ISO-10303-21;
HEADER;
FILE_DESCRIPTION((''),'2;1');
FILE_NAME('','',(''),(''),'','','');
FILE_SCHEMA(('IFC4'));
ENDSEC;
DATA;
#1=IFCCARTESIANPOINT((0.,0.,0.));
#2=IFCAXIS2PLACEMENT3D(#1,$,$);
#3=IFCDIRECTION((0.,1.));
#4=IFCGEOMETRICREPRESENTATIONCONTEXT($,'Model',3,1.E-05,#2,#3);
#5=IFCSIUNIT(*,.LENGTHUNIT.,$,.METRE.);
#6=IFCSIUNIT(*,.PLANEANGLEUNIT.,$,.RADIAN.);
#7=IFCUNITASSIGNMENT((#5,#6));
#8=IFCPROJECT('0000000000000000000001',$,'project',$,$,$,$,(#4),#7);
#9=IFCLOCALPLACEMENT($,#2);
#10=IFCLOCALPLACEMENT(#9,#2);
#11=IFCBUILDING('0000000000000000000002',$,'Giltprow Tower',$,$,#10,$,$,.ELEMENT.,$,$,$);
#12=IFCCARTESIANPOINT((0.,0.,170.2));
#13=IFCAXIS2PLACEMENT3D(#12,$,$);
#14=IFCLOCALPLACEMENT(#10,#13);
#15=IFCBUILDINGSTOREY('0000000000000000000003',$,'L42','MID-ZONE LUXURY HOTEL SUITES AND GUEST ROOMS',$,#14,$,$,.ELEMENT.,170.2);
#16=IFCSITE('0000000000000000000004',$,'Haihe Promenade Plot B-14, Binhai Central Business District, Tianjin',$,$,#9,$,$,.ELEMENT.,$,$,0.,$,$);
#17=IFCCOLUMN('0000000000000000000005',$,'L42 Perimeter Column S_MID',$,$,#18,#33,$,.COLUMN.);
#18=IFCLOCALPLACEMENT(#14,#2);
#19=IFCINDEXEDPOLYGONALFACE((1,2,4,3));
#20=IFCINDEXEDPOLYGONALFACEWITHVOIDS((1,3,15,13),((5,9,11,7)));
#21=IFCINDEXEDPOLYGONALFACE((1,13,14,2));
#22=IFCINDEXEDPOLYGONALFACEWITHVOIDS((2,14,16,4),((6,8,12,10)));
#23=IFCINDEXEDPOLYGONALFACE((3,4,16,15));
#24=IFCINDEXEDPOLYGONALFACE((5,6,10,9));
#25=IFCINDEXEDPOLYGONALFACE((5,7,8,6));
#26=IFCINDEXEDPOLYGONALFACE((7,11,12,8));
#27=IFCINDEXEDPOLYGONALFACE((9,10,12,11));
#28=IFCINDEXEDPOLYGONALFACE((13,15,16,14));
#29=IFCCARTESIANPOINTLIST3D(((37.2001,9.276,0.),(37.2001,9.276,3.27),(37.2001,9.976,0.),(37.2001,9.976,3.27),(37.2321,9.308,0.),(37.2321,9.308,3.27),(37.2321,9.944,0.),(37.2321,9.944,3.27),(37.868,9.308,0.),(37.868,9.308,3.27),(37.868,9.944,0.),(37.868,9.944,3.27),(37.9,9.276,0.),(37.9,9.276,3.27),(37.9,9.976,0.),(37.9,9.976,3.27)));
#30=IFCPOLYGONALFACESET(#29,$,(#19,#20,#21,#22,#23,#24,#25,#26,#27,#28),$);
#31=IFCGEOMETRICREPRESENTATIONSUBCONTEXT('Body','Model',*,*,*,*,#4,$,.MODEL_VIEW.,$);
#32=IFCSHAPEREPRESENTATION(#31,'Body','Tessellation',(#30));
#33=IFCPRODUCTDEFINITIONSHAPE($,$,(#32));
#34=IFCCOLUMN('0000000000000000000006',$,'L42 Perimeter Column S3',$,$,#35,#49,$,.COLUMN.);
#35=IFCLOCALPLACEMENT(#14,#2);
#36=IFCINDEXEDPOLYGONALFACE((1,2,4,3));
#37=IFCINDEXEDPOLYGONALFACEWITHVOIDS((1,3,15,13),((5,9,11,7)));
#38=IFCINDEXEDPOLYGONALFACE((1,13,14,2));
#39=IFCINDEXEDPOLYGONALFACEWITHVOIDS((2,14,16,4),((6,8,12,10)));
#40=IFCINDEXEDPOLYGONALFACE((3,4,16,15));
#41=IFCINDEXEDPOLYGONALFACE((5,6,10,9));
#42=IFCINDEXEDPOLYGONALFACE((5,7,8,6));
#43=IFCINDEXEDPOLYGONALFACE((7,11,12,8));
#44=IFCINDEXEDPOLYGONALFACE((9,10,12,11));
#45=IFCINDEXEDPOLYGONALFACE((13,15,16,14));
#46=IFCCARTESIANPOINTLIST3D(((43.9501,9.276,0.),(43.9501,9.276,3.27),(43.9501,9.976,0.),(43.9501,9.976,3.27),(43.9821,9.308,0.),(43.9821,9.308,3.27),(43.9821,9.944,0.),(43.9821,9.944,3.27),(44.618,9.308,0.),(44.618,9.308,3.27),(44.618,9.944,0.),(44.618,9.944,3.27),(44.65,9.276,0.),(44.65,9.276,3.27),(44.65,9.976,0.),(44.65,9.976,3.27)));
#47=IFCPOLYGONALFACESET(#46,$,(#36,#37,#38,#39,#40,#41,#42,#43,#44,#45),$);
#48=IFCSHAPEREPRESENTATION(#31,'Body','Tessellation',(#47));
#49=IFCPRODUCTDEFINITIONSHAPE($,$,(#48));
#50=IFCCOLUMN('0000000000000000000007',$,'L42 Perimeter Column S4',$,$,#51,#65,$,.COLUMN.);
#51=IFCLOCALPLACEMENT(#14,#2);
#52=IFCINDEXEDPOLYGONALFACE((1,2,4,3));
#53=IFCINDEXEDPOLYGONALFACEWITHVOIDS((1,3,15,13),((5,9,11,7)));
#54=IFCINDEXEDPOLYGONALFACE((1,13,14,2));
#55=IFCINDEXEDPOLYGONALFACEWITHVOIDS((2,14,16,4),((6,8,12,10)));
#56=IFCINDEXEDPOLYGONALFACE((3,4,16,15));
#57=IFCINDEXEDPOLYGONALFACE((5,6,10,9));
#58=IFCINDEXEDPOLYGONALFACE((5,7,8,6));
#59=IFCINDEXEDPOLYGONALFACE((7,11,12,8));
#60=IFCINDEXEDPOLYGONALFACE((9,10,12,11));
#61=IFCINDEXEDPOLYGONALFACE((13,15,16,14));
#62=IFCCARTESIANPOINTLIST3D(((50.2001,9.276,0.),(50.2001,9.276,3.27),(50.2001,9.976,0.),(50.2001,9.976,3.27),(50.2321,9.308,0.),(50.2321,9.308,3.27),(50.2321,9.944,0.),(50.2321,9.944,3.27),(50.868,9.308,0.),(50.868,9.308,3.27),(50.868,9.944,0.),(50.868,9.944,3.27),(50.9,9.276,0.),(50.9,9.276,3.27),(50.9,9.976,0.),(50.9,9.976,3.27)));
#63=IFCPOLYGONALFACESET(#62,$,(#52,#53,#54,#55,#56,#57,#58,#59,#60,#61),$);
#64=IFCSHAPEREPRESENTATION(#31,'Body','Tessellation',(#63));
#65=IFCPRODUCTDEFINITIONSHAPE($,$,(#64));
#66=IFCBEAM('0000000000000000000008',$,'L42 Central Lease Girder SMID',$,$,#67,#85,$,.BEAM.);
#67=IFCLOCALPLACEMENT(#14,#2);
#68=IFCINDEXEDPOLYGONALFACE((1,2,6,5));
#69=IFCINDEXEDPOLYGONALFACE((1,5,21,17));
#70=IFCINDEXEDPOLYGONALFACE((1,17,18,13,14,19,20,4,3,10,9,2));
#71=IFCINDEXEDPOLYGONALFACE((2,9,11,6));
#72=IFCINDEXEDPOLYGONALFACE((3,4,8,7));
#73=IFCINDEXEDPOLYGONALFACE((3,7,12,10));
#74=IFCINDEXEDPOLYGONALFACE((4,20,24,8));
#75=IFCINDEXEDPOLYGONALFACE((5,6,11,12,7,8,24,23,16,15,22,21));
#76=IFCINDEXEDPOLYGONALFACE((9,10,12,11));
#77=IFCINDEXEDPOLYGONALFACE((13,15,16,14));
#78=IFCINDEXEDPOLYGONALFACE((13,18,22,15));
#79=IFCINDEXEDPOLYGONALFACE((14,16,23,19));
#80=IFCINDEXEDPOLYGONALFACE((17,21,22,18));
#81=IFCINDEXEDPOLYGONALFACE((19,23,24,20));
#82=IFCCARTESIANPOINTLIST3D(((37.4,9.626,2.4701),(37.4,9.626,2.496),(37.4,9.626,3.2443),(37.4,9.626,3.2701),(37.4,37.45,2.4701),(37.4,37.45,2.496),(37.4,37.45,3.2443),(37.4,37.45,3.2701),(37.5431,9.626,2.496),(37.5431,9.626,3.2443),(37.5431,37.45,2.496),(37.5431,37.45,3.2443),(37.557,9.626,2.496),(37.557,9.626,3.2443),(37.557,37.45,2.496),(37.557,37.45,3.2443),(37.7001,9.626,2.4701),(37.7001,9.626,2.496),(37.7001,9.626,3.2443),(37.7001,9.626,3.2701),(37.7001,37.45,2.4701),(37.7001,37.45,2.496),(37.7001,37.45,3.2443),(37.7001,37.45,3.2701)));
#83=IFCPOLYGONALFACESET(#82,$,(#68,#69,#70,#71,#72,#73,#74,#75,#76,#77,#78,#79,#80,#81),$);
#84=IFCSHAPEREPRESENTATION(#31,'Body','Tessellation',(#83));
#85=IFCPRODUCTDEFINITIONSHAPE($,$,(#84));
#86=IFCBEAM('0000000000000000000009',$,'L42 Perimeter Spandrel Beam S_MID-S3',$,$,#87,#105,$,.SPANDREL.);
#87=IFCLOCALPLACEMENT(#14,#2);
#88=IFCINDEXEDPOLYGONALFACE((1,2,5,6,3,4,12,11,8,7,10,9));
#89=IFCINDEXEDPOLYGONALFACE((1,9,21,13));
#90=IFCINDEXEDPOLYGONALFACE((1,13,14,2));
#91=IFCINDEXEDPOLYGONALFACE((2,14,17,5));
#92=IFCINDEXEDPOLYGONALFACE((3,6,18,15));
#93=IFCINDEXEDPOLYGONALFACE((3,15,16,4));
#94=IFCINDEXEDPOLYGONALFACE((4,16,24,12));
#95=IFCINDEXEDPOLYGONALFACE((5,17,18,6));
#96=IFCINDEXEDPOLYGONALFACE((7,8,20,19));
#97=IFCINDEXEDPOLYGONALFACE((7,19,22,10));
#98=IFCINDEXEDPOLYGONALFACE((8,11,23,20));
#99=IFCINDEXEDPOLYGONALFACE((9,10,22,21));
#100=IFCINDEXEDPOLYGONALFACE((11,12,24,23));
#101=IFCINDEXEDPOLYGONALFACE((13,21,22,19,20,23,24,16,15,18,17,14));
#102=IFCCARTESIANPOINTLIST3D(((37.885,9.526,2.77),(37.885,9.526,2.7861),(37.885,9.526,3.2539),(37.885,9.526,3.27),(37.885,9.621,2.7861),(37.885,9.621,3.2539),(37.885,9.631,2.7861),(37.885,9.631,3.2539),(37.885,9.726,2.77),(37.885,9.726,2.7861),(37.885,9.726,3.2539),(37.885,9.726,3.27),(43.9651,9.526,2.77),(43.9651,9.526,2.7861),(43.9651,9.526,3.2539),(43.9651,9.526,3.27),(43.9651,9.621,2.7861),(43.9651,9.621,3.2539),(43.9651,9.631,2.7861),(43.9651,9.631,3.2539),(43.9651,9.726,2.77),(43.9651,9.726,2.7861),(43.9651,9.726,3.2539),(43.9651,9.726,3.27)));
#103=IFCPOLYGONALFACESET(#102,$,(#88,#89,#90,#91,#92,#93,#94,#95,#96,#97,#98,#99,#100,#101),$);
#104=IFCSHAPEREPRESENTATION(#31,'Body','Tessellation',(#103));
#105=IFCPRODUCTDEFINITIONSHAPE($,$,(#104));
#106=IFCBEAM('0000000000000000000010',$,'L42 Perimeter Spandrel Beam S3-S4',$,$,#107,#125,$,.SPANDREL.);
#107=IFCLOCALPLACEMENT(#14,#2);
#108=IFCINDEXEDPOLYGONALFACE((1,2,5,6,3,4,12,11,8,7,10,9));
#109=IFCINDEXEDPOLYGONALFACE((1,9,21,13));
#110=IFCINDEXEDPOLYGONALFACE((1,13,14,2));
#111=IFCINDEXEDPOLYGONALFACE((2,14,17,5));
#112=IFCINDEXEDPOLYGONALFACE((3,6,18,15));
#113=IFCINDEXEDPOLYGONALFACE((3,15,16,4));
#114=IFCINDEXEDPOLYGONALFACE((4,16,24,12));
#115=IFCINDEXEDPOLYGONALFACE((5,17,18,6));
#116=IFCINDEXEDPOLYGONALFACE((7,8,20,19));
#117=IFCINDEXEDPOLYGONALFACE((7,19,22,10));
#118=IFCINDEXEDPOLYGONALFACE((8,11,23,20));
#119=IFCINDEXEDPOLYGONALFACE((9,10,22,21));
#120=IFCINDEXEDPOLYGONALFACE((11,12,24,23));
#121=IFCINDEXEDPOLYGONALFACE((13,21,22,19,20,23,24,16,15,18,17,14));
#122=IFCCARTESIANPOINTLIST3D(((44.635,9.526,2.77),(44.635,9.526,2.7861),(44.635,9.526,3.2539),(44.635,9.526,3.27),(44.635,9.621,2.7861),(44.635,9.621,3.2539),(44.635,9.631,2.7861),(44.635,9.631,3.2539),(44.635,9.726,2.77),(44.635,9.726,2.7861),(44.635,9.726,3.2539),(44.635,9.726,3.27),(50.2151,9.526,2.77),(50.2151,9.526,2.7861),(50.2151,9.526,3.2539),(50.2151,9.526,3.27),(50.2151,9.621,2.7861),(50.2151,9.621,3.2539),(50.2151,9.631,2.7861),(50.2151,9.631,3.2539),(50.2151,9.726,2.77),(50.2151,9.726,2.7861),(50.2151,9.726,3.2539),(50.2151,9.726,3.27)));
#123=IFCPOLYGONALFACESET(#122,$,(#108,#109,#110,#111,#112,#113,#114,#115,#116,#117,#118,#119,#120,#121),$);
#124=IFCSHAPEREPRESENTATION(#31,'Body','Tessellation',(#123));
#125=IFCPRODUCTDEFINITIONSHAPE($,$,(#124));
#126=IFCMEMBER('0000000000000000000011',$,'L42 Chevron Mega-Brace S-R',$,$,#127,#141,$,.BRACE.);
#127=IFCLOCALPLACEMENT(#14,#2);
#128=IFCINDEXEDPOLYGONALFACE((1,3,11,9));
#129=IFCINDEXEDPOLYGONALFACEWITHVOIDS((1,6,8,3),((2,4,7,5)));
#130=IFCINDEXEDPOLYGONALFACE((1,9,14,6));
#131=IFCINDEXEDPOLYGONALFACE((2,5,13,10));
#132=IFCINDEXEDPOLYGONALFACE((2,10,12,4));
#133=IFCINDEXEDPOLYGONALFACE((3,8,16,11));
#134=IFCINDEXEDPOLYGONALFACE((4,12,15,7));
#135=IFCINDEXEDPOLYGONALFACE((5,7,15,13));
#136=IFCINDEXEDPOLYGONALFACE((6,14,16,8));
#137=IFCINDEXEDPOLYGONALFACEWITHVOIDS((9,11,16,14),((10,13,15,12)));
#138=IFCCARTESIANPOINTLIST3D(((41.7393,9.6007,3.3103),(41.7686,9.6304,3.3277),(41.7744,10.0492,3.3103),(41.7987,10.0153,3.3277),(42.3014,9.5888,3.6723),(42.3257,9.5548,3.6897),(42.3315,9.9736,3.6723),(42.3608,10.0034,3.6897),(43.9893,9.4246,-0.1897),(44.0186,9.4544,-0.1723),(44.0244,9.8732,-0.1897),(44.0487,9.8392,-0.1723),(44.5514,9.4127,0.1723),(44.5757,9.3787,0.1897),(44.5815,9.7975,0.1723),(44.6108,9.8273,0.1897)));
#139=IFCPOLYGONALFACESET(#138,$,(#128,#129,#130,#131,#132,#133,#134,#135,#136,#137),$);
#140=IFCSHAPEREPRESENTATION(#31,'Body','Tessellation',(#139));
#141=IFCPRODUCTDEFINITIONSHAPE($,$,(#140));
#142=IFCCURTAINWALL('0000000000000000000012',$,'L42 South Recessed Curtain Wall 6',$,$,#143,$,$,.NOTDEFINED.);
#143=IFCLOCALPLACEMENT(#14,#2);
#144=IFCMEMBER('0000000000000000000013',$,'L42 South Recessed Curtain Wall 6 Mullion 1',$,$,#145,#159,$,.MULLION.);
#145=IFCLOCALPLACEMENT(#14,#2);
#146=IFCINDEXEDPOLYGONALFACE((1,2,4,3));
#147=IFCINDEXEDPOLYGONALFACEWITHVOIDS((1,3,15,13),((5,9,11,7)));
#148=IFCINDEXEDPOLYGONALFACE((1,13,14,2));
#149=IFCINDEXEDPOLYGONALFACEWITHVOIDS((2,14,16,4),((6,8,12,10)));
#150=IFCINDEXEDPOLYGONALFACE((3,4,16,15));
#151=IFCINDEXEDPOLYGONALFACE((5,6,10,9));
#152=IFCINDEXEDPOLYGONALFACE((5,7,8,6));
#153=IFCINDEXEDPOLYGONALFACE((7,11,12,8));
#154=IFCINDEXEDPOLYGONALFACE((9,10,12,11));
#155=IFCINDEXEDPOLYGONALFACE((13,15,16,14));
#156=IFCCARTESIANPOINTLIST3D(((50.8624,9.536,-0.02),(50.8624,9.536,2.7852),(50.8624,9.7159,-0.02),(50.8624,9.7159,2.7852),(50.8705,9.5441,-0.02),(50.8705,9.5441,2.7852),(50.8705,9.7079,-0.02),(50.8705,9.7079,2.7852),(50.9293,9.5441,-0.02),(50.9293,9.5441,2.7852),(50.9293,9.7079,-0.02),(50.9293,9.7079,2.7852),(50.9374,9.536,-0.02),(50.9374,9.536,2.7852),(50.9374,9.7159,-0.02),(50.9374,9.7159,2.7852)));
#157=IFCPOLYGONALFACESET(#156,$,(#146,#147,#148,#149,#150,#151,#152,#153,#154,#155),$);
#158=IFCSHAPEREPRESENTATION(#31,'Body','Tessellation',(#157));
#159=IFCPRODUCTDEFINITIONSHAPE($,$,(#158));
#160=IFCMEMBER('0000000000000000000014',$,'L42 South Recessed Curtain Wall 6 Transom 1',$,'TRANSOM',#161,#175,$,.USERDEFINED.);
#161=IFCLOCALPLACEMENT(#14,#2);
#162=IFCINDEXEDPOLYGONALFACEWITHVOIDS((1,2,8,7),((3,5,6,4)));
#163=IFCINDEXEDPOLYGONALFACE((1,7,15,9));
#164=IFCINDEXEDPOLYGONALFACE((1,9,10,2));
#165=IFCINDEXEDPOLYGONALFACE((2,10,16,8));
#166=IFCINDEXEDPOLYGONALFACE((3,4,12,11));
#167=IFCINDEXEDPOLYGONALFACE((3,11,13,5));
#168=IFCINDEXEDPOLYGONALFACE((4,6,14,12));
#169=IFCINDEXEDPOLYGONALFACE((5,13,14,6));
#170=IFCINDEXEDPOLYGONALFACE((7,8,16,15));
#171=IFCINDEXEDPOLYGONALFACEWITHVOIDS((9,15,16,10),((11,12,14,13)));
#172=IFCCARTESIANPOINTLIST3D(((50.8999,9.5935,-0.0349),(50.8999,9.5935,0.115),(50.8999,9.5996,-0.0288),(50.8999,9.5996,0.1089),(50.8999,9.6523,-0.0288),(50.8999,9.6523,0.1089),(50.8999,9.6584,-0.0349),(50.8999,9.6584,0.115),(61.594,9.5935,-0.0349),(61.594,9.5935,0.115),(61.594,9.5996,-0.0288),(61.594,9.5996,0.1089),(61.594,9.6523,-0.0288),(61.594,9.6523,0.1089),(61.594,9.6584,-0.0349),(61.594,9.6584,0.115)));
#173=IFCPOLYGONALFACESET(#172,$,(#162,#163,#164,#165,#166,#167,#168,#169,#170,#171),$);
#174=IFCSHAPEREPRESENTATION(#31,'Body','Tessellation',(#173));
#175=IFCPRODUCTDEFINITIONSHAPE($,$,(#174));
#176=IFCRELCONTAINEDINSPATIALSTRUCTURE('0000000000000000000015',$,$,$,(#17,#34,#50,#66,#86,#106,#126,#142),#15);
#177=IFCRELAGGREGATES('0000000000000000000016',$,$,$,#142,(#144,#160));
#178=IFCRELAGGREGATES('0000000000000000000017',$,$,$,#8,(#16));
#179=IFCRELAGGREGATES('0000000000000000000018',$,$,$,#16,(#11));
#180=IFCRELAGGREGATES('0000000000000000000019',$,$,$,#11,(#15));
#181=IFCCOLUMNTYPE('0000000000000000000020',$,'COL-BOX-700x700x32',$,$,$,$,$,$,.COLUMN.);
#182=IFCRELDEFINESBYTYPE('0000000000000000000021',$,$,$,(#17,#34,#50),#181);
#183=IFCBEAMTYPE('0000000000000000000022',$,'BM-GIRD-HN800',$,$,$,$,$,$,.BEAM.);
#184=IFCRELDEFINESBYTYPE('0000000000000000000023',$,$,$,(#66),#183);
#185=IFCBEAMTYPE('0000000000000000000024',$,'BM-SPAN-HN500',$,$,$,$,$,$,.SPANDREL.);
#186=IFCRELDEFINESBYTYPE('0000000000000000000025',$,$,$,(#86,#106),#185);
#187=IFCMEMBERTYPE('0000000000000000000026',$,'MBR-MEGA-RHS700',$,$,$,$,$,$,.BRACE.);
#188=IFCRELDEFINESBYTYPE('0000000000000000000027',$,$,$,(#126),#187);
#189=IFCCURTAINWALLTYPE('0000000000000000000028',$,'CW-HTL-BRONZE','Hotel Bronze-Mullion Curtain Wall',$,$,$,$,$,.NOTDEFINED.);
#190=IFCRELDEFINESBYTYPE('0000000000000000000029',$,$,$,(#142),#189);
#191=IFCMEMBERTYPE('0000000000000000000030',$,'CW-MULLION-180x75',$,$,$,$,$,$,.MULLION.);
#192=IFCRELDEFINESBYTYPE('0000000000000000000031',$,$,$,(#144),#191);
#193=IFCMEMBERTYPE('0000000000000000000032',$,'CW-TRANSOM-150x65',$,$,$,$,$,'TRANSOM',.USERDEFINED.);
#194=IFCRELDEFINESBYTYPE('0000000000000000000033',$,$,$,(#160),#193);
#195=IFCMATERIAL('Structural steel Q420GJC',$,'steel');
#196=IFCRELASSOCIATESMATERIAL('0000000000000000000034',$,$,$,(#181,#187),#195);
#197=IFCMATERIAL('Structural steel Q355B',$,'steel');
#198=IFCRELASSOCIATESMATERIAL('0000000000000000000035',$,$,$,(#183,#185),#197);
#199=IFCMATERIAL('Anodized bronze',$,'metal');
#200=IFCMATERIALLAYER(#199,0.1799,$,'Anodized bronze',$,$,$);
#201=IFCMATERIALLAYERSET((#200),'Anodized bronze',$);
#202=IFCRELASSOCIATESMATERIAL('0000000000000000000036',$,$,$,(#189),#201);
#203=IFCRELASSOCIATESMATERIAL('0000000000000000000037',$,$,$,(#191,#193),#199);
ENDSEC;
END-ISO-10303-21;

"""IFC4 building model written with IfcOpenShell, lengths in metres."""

from ifc_helpers import new_model, si_unit, direction, frame, origin, origin_2d, place, context, subcontext, project, spatial, hollow_rectangle, i_section, extrude, source, transform, mapped, material, layer, layer_set, material_profile, profile_set, type_object, element, aggregate, save


model = new_model("IFC4")

# Units and contexts
model_context = context("Model", 3, precision=1e-05, world=origin(), true_north=direction((0.0, 1.0)))
body_context = subcontext(model_context, "Body", "Model", "MODEL_VIEW")
ifc_project = project(units=[si_unit("LENGTHUNIT", "METRE"), si_unit("PLANEANGLEUNIT", "RADIAN")], contexts=[model_context])

# Site, building, storey
site_placement = place(None, origin())
site = spatial("IfcSite", under=ifc_project, at=site_placement, Name="Haihe Promenade Plot B-14, Binhai Central Business District, Tianjin", CompositionType="ELEMENT", RefElevation=0.0)
building_placement = place(site_placement, origin())
building = spatial("IfcBuilding", under=site, at=building_placement, Name="Giltprow Tower", CompositionType="ELEMENT")
storey_placement = place(building_placement, frame((0.0, 0.0, 170.2)))
storey = spatial("IfcBuildingStorey", under=building, at=storey_placement, Name="L42", Description="MID-ZONE LUXURY HOTEL SUITES AND GUEST ROOMS", CompositionType="ELEMENT", Elevation=170.2)

# Columns
ifc_material_1 = material(Name="Structural steel Q420GJC", Category="steel")
ifc_material_profile_1 = material_profile(ifc_material_1, hollow_rectangle(XDim=0.7, YDim=0.7, WallThickness=0.032, at=origin_2d()), Name="BOX 700x700x32")
ifc_profile_set_1 = profile_set([ifc_material_profile_1], Name="Structural steel Q420GJC")
column_type = type_object("IfcColumnType", Name="COL-BOX-700x700x32", PredefinedType="COLUMN", material=ifc_profile_set_1)
shared_shape_1 = source(origin(), body_context, "Body", "SweptSolid", [
    extrude(hollow_rectangle(XDim=0.7, YDim=0.7, WallThickness=0.032, at=origin_2d()), origin(), (0.0, 0.0, 1.0), 3.27),
])
for number, where, z_axis, x_axis, name in (
    (1, (37.55, 9.626, 0.0), (0.0, 0.0, 1.0), (1.0, 0.0, 0.0), "L42 Perimeter Column S_MID"),
    (2, (44.3, 9.626, 0.0), (0.0, 0.0, 1.0), (1.0, 0.0, 0.0), "L42 Perimeter Column S3"),
    (3, (50.55, 9.626, 0.0), (0.0, 0.0, 1.0), (1.0, 0.0, 0.0), "L42 Perimeter Column S4"),
):
    element("IfcColumn", number, at=place(storey_placement, frame(where, z_axis=z_axis, x_axis=x_axis)), inside=storey, type_object=column_type, Name=name, PredefinedType="COLUMN", context=body_context, shape_type="MappedRepresentation", body=[
        mapped(shared_shape_1, transform((0.0, 0.0, 0.0), x_axis=(1.0, 0.0, 0.0), y_axis=(0.0, 1.0, 0.0), z_axis=(0.0, 0.0, 1.0), scale=1.0)),
    ])

# Beams
ifc_material_2 = material(Name="Structural steel Q355B", Category="steel")
ifc_material_profile_2 = material_profile(ifc_material_2, i_section(OverallWidth=0.3, OverallDepth=0.8, WebThickness=0.0139, FlangeThickness=0.0259, at=origin_2d()), Name="HN 800x300x14x26")
ifc_profile_set_2 = profile_set([ifc_material_profile_2], Name="Structural steel Q355B")
beam_type_1 = type_object("IfcBeamType", Name="BM-GIRD-HN800", PredefinedType="BEAM", material=ifc_profile_set_2)
shared_shape_2 = source(origin(), body_context, "Body", "SweptSolid", [
    extrude(i_section(OverallWidth=0.3, OverallDepth=0.8, WebThickness=0.0139, FlangeThickness=0.0259, at=origin_2d()), origin(), (0.0, 0.0, 1.0), 27.824),
])
beam_1_placement = place(storey_placement, frame((37.55, 9.626, 2.8701), z_axis=(0.0, 1.0, 0.0), x_axis=(-1.0, 0.0, 0.0)))
element("IfcBeam", 4, at=beam_1_placement, inside=storey, type_object=beam_type_1, Name="L42 Central Lease Girder SMID", PredefinedType="BEAM", context=body_context, shape_type="MappedRepresentation", body=[
    mapped(shared_shape_2, transform((0.0, 0.0, 0.0), x_axis=(1.0, 0.0, 0.0), y_axis=(0.0, 1.0, 0.0), z_axis=(0.0, 0.0, 1.0), scale=1.0)),
])
ifc_material_profile_3 = material_profile(ifc_material_2, i_section(OverallWidth=0.2, OverallDepth=0.5, WebThickness=0.01, FlangeThickness=0.0161, at=origin_2d()), Name="HN 500x200x10x16")
ifc_profile_set_3 = profile_set([ifc_material_profile_3], Name="Structural steel Q355B")
beam_type_2 = type_object("IfcBeamType", Name="BM-SPAN-HN500", PredefinedType="SPANDREL", material=ifc_profile_set_3)
shared_shape_3 = source(origin(), body_context, "Body", "SweptSolid", [
    extrude(i_section(OverallWidth=0.2, OverallDepth=0.5, WebThickness=0.01, FlangeThickness=0.0161, at=origin_2d()), origin(), (0.0, 0.0, 1.0), 6.0801),
])
beam_2_placement = place(storey_placement, frame((37.885, 9.626, 3.02), z_axis=(1.0, 0.0, 0.0), x_axis=(0.0, 1.0, 0.0)))
element("IfcBeam", 5, at=beam_2_placement, inside=storey, type_object=beam_type_2, Name="L42 Perimeter Spandrel Beam S_MID-S3", PredefinedType="SPANDREL", context=body_context, shape_type="MappedRepresentation", body=[
    mapped(shared_shape_3, transform((0.0, 0.0, 0.0), x_axis=(1.0, 0.0, 0.0), y_axis=(0.0, 1.0, 0.0), z_axis=(0.0, 0.0, 1.0), scale=1.0)),
])
shared_shape_4 = source(origin(), body_context, "Body", "SweptSolid", [
    extrude(i_section(OverallWidth=0.2, OverallDepth=0.5, WebThickness=0.01, FlangeThickness=0.0161, at=origin_2d()), origin(), (0.0, 0.0, 1.0), 5.5801),
])
beam_3_placement = place(storey_placement, frame((44.635, 9.626, 3.02), z_axis=(1.0, 0.0, 0.0), x_axis=(0.0, 1.0, 0.0)))
element("IfcBeam", 6, at=beam_3_placement, inside=storey, type_object=beam_type_2, Name="L42 Perimeter Spandrel Beam S3-S4", PredefinedType="SPANDREL", context=body_context, shape_type="MappedRepresentation", body=[
    mapped(shared_shape_4, transform((0.0, 0.0, 0.0), x_axis=(1.0, 0.0, 0.0), y_axis=(0.0, 1.0, 0.0), z_axis=(0.0, 0.0, 1.0), scale=1.0)),
])

# Member
ifc_material_profile_4 = material_profile(ifc_material_1, hollow_rectangle(XDim=0.45, YDim=0.7, WallThickness=0.032, at=origin_2d()), Name="RHS 700x450x32")
ifc_profile_set_4 = profile_set([ifc_material_profile_4], Name="Structural steel Q420GJC")
member_type_1 = type_object("IfcMemberType", Name="MBR-MEGA-RHS700", PredefinedType="BRACE", material=ifc_profile_set_4)
shared_shape_5 = source(origin(), body_context, "Body", "SweptSolid", [
    extrude(hollow_rectangle(XDim=0.45, YDim=0.7, WallThickness=0.032, at=origin_2d()), origin(), (0.0, 0.0, 1.0), 4.1646),
])
member_1_placement = place(storey_placement, frame((44.3, 9.626, 0.0), z_axis=(-0.540274, 0.042268, 0.840427), x_axis=(-0.077995, -0.996954, 0.0)))
element("IfcMember", 7, at=member_1_placement, inside=storey, type_object=member_type_1, Name="L42 Chevron Mega-Brace S-R", PredefinedType="BRACE", context=body_context, shape_type="MappedRepresentation", body=[
    mapped(shared_shape_5, transform((0.0, 0.0, 0.0), x_axis=(1.0, 0.0, 0.0), y_axis=(0.0, 1.0, 0.0), z_axis=(0.0, 0.0, 1.0), scale=1.0)),
])

# Curtain wall, members
ifc_material_3 = material(Name="Anodized bronze", Category="metal")
ifc_layer_1 = layer(ifc_material_3, 0.1799, Name="Anodized bronze")
ifc_layer_set_1 = layer_set([ifc_layer_1], Name="Anodized bronze")
curtain_wall_type = type_object("IfcCurtainWallType", Name="CW-HTL-BRONZE", Description="Hotel Bronze-Mullion Curtain Wall", PredefinedType="NOTDEFINED", material=ifc_layer_set_1)
curtain_wall_placement = place(storey_placement, origin())
curtain_wall = element("IfcCurtainWall", 8, at=curtain_wall_placement, inside=storey, type_object=curtain_wall_type, Name="L42 South Recessed Curtain Wall 6", PredefinedType="NOTDEFINED")
ifc_material_profile_5 = material_profile(ifc_material_3, hollow_rectangle(XDim=0.075, YDim=0.1799, WallThickness=0.0081, at=origin_2d()), Name="RHS 180x75x8")
ifc_profile_set_5 = profile_set([ifc_material_profile_5], Name="Anodized bronze")
member_type_2 = type_object("IfcMemberType", Name="CW-MULLION-180x75", PredefinedType="MULLION", material=ifc_profile_set_5)
shared_shape_6 = source(origin(), body_context, "Body", "SweptSolid", [
    extrude(hollow_rectangle(XDim=0.075, YDim=0.1799, WallThickness=0.0081, at=origin_2d()), origin(), (0.0, 0.0, 1.0), 2.8052),
])
member_2_placement = place(storey_placement, frame((50.8999, 9.626, -0.02), z_axis=(0.0, 0.0, 1.0), x_axis=(1.0, 0.0, 0.0)))
member_2 = element("IfcMember", 9, at=member_2_placement, type_object=member_type_2, Name="L42 South Recessed Curtain Wall 6 Mullion 1", PredefinedType="MULLION", context=body_context, shape_type="MappedRepresentation", body=[
    mapped(shared_shape_6, transform((0.0, 0.0, 0.0), x_axis=(1.0, 0.0, 0.0), y_axis=(0.0, 1.0, 0.0), z_axis=(0.0, 0.0, 1.0), scale=1.0)),
])
ifc_material_profile_6 = material_profile(ifc_material_3, hollow_rectangle(XDim=0.0649, YDim=0.1499, WallThickness=0.0061, at=origin_2d()), Name="RHS 150x65x6")
ifc_profile_set_6 = profile_set([ifc_material_profile_6], Name="Anodized bronze")
member_type_3 = type_object("IfcMemberType", Name="CW-TRANSOM-150x65", ElementType="TRANSOM", PredefinedType="USERDEFINED", material=ifc_profile_set_6)
shared_shape_7 = source(origin(), body_context, "Body", "SweptSolid", [
    extrude(hollow_rectangle(XDim=0.0649, YDim=0.1499, WallThickness=0.0061, at=origin_2d()), origin(), (0.0, 0.0, 1.0), 10.6941),
])
member_3_placement = place(storey_placement, frame((50.8999, 9.626, 0.04), z_axis=(1.0, 0.0, 0.0), x_axis=(0.0, 1.0, 0.0)))
member_3 = element("IfcMember", 10, at=member_3_placement, type_object=member_type_3, Name="L42 South Recessed Curtain Wall 6 Transom 1", ObjectType="TRANSOM", PredefinedType="USERDEFINED", context=body_context, shape_type="MappedRepresentation", body=[
    mapped(shared_shape_7, transform((0.0, 0.0, 0.0), x_axis=(1.0, 0.0, 0.0), y_axis=(0.0, 1.0, 0.0), z_axis=(0.0, 0.0, 1.0), scale=1.0)),
])
aggregate(curtain_wall, [member_2, member_3])

save(model, "model.ifc")
